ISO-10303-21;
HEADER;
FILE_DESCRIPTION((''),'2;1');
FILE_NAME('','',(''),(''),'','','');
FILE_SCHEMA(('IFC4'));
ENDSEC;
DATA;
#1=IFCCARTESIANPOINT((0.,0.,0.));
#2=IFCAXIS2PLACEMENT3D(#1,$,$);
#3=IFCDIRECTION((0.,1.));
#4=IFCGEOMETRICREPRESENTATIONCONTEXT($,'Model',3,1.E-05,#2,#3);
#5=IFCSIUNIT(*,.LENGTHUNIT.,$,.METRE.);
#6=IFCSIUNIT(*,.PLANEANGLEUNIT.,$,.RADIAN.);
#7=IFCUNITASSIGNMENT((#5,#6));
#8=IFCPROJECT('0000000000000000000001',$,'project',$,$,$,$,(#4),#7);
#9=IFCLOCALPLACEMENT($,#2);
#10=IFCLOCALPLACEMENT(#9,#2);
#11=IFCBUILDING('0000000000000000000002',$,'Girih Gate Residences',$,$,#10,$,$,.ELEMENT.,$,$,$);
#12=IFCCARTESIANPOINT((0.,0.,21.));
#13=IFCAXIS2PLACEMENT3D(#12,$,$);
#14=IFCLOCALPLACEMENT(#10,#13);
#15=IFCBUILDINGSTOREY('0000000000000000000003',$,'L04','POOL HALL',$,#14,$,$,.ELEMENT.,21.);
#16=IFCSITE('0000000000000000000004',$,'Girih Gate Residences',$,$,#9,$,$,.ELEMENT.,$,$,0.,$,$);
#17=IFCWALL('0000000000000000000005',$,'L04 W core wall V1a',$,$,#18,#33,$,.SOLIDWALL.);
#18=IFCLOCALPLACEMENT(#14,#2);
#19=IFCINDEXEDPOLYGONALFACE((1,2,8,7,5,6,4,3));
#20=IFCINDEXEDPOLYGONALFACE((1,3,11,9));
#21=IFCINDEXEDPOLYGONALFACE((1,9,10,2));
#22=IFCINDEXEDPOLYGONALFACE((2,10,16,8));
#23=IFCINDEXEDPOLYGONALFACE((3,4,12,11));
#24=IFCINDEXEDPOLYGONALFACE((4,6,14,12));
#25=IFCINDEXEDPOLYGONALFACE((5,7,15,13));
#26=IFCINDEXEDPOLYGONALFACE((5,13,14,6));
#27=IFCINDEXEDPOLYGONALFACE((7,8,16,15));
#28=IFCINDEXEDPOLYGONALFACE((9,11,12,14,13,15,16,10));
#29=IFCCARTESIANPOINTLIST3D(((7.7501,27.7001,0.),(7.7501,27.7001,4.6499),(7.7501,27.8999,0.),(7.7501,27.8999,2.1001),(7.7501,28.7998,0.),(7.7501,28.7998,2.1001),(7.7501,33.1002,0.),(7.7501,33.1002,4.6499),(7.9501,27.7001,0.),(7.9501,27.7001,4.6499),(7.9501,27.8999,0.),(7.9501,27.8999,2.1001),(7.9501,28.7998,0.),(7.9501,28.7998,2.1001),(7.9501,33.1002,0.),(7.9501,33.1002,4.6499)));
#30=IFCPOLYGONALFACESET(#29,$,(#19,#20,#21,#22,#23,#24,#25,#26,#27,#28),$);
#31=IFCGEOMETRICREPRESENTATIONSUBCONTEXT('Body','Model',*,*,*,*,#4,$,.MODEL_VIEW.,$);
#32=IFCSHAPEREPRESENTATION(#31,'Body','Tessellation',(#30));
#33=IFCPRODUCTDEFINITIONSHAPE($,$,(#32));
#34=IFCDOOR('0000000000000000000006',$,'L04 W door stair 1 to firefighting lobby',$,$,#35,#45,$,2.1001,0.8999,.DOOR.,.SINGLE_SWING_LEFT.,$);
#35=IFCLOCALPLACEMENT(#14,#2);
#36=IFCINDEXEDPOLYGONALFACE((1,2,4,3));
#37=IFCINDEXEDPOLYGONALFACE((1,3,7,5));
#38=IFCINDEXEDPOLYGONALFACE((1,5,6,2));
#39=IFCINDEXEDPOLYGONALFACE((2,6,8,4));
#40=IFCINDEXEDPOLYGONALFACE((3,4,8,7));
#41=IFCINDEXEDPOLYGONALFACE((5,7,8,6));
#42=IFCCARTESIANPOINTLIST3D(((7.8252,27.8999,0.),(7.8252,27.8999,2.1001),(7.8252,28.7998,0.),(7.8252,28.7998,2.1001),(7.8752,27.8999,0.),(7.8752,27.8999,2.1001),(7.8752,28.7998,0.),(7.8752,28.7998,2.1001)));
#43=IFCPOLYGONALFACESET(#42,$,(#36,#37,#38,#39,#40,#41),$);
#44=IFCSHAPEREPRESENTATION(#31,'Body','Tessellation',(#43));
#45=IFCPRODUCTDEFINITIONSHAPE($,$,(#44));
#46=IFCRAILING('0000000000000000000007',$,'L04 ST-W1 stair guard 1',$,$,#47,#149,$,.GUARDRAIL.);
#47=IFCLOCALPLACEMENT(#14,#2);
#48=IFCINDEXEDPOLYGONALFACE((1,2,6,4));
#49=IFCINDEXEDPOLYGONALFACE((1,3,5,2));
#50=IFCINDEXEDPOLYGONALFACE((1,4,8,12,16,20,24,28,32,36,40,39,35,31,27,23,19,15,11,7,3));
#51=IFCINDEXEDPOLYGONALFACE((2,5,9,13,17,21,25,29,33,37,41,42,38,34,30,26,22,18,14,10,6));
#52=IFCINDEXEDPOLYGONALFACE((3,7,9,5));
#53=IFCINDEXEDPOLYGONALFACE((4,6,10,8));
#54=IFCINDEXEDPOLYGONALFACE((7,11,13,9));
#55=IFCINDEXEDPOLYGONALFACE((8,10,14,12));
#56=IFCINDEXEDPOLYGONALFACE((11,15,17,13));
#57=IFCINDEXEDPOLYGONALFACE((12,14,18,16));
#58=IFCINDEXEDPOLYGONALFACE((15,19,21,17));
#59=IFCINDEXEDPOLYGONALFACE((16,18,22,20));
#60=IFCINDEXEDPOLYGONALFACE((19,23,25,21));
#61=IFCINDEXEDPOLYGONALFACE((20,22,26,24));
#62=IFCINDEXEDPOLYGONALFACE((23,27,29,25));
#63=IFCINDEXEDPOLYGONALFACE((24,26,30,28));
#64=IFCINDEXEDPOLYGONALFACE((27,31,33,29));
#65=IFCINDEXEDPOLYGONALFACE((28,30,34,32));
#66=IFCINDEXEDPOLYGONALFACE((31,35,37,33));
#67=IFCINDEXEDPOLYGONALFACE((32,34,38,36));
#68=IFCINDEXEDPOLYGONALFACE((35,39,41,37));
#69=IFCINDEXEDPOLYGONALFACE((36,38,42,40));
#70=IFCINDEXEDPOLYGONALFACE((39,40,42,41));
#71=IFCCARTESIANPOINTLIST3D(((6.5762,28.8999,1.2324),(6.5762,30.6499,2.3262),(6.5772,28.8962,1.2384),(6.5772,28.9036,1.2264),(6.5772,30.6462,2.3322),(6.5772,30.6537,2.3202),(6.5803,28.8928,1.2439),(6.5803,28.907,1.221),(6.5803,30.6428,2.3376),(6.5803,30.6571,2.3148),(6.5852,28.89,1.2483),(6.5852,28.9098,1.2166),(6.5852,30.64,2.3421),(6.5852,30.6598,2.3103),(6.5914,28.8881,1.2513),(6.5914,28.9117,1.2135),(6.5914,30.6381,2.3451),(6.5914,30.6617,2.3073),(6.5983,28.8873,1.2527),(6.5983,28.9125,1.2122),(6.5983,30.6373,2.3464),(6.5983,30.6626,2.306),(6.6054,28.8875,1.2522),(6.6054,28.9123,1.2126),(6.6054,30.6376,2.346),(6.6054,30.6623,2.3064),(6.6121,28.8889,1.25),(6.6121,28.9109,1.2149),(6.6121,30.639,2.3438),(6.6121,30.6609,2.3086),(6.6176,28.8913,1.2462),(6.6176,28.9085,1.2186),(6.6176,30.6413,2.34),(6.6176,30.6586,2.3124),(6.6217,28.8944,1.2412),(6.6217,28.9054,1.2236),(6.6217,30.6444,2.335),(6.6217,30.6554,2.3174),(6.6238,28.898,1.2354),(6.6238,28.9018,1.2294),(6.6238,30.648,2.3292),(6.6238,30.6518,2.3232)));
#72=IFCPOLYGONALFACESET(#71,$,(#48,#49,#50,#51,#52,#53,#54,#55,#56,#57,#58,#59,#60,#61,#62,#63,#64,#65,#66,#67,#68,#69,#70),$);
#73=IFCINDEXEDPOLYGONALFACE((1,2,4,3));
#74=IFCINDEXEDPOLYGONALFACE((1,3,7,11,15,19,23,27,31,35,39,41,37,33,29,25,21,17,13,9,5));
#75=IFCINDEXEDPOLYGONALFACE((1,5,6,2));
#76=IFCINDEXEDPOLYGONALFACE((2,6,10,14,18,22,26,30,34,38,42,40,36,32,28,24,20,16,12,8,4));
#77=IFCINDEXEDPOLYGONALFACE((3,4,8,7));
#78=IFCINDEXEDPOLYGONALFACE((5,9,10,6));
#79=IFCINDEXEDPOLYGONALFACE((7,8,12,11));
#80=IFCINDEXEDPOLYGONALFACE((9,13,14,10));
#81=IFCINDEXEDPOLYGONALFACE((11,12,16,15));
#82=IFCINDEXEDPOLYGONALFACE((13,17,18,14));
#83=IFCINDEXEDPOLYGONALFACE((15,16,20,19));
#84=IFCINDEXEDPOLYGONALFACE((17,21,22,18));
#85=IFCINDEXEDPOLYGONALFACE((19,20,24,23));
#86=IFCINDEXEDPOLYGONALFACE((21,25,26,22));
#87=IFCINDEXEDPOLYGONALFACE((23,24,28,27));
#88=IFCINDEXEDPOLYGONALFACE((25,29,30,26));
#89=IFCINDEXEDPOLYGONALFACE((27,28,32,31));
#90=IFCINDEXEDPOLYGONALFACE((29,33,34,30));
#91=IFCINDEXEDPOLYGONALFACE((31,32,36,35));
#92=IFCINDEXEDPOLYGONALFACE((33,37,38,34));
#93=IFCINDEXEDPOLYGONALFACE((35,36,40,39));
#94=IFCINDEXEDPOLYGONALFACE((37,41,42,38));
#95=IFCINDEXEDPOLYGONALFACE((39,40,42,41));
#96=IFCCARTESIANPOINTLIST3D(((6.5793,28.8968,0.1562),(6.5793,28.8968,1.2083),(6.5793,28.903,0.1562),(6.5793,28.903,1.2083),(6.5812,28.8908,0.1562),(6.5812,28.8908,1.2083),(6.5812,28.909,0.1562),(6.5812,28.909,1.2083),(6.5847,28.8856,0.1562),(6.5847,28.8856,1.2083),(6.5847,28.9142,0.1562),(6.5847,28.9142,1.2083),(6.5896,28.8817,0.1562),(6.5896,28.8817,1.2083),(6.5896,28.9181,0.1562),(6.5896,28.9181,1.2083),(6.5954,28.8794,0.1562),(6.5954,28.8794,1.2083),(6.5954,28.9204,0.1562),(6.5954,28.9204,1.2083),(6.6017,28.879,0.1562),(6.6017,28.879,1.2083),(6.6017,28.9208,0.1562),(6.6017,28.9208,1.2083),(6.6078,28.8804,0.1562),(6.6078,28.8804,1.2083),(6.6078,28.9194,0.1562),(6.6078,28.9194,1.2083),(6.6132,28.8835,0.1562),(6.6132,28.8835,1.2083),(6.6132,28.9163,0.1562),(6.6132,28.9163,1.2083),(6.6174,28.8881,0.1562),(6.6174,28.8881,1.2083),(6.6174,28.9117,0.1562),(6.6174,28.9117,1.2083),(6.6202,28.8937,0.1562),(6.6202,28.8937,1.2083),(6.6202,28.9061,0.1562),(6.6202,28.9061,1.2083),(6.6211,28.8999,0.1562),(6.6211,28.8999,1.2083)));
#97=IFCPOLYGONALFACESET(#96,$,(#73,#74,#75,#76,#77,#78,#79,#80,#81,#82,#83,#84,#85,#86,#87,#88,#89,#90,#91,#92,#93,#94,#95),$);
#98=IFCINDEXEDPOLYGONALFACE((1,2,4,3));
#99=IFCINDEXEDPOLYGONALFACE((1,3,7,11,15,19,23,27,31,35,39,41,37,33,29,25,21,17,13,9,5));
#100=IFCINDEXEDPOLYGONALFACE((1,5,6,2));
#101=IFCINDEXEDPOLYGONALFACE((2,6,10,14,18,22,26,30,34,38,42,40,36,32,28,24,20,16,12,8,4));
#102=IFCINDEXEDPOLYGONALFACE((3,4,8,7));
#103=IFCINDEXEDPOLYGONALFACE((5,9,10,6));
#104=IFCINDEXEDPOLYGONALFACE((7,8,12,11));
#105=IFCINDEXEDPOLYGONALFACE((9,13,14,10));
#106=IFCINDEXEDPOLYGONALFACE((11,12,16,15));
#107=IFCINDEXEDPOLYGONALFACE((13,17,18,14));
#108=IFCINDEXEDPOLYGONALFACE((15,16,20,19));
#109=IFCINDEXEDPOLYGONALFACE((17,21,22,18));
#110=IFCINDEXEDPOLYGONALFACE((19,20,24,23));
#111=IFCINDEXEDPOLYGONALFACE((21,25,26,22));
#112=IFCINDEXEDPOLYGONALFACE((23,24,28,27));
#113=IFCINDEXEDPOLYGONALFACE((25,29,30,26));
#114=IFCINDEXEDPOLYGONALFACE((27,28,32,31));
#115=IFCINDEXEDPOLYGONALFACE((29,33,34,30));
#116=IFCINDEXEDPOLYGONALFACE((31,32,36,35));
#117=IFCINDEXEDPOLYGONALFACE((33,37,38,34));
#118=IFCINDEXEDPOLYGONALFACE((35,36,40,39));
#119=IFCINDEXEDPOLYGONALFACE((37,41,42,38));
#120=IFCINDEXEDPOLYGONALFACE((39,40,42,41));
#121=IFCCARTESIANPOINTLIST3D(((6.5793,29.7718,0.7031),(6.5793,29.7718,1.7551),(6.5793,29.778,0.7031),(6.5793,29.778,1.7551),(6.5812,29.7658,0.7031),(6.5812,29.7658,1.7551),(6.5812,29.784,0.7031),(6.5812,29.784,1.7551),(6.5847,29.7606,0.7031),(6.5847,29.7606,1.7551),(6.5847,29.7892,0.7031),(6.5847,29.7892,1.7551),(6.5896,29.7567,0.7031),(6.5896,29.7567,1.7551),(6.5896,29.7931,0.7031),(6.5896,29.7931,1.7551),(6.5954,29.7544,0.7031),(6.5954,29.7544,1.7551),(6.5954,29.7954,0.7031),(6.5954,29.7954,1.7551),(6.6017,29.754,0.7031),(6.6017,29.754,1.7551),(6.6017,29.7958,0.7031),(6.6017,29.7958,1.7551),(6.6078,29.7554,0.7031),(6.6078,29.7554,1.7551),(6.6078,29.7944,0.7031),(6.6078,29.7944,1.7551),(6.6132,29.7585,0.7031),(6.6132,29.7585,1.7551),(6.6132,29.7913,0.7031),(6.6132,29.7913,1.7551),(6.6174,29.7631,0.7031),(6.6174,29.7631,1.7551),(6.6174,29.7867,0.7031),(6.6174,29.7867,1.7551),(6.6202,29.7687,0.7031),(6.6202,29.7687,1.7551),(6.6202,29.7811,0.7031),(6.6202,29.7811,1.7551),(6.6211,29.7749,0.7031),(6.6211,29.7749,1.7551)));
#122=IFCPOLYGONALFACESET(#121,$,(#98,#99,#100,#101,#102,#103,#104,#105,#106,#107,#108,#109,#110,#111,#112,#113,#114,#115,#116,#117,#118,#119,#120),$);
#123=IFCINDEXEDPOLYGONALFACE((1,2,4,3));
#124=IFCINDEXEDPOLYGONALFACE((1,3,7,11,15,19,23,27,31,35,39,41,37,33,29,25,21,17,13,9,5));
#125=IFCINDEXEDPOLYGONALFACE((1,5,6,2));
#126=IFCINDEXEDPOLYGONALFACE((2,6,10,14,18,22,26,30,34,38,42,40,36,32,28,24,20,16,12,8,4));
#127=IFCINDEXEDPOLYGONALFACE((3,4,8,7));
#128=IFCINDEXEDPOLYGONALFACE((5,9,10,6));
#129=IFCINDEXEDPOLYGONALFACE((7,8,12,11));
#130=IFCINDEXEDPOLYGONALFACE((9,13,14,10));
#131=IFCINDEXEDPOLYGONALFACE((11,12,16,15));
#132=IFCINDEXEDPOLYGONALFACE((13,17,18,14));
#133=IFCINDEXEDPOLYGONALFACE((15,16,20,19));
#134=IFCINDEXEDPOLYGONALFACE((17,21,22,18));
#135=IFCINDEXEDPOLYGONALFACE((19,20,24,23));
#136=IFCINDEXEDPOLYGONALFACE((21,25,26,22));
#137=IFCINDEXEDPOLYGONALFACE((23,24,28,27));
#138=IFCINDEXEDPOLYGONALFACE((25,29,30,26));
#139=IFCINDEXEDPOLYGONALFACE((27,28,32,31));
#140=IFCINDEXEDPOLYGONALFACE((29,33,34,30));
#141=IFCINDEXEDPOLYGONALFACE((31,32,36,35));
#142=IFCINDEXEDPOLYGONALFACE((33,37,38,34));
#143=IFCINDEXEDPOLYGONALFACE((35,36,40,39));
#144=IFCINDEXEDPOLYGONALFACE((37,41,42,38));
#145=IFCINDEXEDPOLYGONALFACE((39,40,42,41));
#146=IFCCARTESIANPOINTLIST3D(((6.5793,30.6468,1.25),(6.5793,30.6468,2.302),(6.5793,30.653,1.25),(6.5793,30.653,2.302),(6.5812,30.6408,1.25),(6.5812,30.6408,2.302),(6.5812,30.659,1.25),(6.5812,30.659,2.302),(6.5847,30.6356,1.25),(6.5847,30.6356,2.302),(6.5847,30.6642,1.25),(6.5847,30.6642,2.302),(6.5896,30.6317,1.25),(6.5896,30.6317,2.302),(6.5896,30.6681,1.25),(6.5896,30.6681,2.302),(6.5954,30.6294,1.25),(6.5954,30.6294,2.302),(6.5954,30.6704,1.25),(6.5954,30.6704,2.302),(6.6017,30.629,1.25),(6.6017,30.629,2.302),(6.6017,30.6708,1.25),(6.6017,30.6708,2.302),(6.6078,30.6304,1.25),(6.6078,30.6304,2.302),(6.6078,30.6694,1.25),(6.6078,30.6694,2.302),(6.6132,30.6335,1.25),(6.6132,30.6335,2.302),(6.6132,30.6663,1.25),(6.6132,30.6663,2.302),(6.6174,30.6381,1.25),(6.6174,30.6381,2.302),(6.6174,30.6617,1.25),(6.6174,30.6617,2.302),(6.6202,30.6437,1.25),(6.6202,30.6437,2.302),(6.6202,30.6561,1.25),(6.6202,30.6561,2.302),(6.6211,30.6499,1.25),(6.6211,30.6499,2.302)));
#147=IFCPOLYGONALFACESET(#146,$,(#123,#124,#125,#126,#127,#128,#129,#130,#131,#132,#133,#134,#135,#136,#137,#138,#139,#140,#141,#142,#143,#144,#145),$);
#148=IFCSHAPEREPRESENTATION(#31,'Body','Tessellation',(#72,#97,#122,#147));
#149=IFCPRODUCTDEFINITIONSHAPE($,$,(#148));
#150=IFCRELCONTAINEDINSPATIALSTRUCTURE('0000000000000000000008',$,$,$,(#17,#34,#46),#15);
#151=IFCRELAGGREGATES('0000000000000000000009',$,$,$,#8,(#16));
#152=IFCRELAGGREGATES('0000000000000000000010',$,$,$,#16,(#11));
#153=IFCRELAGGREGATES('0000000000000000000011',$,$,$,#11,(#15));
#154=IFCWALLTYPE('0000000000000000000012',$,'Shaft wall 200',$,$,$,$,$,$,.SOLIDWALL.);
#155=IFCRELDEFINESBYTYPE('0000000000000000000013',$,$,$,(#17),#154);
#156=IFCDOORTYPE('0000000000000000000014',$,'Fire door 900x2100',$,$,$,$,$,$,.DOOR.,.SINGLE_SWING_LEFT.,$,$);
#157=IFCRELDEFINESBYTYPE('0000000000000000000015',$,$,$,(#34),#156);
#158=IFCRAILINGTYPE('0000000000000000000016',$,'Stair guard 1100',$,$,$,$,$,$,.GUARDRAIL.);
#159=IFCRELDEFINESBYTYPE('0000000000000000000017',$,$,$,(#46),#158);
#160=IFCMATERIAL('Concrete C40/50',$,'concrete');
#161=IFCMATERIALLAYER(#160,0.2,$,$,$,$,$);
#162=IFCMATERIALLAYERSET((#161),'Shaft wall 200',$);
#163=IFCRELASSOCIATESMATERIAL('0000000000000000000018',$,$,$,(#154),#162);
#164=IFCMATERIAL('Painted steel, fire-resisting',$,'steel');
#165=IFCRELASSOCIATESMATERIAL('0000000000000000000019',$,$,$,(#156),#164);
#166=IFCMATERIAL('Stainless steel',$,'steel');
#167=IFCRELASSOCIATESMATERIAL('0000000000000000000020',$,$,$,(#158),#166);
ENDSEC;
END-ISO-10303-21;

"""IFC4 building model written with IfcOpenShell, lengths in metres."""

from ifc_helpers import new_model, si_unit, direction, frame, frame_2d, origin, origin_2d, place, context, subcontext, project, spatial, rectangle, circle, extrude, material, layer, layer_set, type_object, element, fill, save


model = new_model("IFC4")

# Units and contexts
model_context = context("Model", 3, precision=1e-05, world=origin(), true_north=direction((0.0, 1.0)))
body_context = subcontext(model_context, "Body", "Model", "MODEL_VIEW")
ifc_project = project(units=[si_unit("LENGTHUNIT", "METRE"), si_unit("PLANEANGLEUNIT", "RADIAN")], contexts=[model_context])

# Site, building, storey
site_placement = place(None, origin())
site = spatial("IfcSite", under=ifc_project, at=site_placement, Name="Girih Gate Residences", CompositionType="ELEMENT", RefElevation=0.0)
building_placement = place(site_placement, origin())
building = spatial("IfcBuilding", under=site, at=building_placement, Name="Girih Gate Residences", CompositionType="ELEMENT")
storey_placement = place(building_placement, frame((0.0, 0.0, 21.0)))
storey = spatial("IfcBuildingStorey", under=building, at=storey_placement, Name="L04", Description="POOL HALL", CompositionType="ELEMENT", Elevation=21.0)

# Shared definitions
ifc_material_1 = material(Name="Painted steel, fire-resisting", Category="steel")

# Wall, opening, door
ifc_material_2 = material(Name="Concrete C40/50", Category="concrete")
ifc_layer_1 = layer(ifc_material_2, 0.2)
ifc_layer_set_1 = layer_set([ifc_layer_1], Name="Shaft wall 200")
wall_type_1 = type_object("IfcWallType", Name="Shaft wall 200", PredefinedType="SOLIDWALL", material=ifc_layer_set_1)
wall_1_placement = place(storey_placement, frame((7.8501, 27.7, 0.0), z_axis=(0.0, 0.0, 1.0), x_axis=(0.0, 1.0, 0.0)))
wall_1 = element("IfcWall", 1, at=wall_1_placement, inside=storey, type_object=wall_type_1, Name="L04 W core wall V1a", PredefinedType="SOLIDWALL", context=body_context, shape_type="SweptSolid", body=[
    extrude(rectangle(XDim=5.4001, YDim=0.2, at=frame_2d((2.7002, 0.0))), origin(), (0.0, 0.0, 1.0), 4.6499),
])
opening_1_placement = place(wall_1_placement, frame((0.2, 0.0, 0.0)))
opening_1 = element("IfcOpeningElement", 2, at=opening_1_placement, cuts=wall_1, PredefinedType="OPENING", context=body_context, shape_type="SweptSolid", body=[
    extrude(rectangle(XDim=0.8999, YDim=2.1001, at=frame_2d((0.45, 1.05))), frame((0.0, 0.1099, 0.0), z_axis=(0.0, -1.0, 0.0), x_axis=(1.0, 0.0, 0.0)), (0.0, 0.0, 1.0), 0.22),
])
door_type_1 = type_object("IfcDoorType", Name="Fire door 900x2100", OperationType="SINGLE_SWING_LEFT", PredefinedType="DOOR", material=ifc_material_1)
door_1_placement = place(opening_1_placement, origin())
door_1 = element("IfcDoor", 3, at=door_1_placement, inside=storey, type_object=door_type_1, Name="L04 W door stair 1 to firefighting lobby", OperationType="SINGLE_SWING_LEFT", OverallHeight=2.1001, OverallWidth=0.8999, PredefinedType="DOOR", context=body_context, shape_type="SweptSolid", body=[
    extrude(rectangle(XDim=0.8999, YDim=2.1001, at=frame_2d((0.45, 1.05))), frame((0.0, 0.0249, 0.0), z_axis=(0.0, -1.0, 0.0), x_axis=(1.0, 0.0, 0.0)), (0.0, 0.0, 1.0), 0.05),
])
fill(opening_1, door_1)

# Railing
ifc_material_3 = material(Name="Stainless steel", Category="steel")
railing_type = type_object("IfcRailingType", Name="Stair guard 1100", PredefinedType="GUARDRAIL", material=ifc_material_3)
for number, where, name in (
    (4, (6.6001, 28.8999, 0.1562), "L04 ST-W1 stair guard 1"),
):
    element("IfcRailing", number, at=place(storey_placement, frame(where)), inside=storey, type_object=railing_type, Name=name, PredefinedType="GUARDRAIL", context=body_context, shape_type="SweptSolid", body=[
        extrude(circle(Radius=0.0239, at=origin_2d()), frame((0.0, 0.0, 1.0762), z_axis=(0.0, 0.847998, 0.529999), x_axis=(-1.0, 0.0, 0.0)), (0.0, 0.0, 1.0), 2.0637),
        extrude(circle(Radius=0.021, at=origin_2d()), origin(), (0.0, 0.0, 1.0), 1.052),
        extrude(circle(Radius=0.021, at=origin_2d()), frame((0.0, 0.875, 0.5469)), (0.0, 0.0, 1.0), 1.052),
        extrude(circle(Radius=0.021, at=origin_2d()), frame((0.0, 1.75, 1.0938)), (0.0, 0.0, 1.0), 1.052),
    ])

save(model, "model.ifc")
